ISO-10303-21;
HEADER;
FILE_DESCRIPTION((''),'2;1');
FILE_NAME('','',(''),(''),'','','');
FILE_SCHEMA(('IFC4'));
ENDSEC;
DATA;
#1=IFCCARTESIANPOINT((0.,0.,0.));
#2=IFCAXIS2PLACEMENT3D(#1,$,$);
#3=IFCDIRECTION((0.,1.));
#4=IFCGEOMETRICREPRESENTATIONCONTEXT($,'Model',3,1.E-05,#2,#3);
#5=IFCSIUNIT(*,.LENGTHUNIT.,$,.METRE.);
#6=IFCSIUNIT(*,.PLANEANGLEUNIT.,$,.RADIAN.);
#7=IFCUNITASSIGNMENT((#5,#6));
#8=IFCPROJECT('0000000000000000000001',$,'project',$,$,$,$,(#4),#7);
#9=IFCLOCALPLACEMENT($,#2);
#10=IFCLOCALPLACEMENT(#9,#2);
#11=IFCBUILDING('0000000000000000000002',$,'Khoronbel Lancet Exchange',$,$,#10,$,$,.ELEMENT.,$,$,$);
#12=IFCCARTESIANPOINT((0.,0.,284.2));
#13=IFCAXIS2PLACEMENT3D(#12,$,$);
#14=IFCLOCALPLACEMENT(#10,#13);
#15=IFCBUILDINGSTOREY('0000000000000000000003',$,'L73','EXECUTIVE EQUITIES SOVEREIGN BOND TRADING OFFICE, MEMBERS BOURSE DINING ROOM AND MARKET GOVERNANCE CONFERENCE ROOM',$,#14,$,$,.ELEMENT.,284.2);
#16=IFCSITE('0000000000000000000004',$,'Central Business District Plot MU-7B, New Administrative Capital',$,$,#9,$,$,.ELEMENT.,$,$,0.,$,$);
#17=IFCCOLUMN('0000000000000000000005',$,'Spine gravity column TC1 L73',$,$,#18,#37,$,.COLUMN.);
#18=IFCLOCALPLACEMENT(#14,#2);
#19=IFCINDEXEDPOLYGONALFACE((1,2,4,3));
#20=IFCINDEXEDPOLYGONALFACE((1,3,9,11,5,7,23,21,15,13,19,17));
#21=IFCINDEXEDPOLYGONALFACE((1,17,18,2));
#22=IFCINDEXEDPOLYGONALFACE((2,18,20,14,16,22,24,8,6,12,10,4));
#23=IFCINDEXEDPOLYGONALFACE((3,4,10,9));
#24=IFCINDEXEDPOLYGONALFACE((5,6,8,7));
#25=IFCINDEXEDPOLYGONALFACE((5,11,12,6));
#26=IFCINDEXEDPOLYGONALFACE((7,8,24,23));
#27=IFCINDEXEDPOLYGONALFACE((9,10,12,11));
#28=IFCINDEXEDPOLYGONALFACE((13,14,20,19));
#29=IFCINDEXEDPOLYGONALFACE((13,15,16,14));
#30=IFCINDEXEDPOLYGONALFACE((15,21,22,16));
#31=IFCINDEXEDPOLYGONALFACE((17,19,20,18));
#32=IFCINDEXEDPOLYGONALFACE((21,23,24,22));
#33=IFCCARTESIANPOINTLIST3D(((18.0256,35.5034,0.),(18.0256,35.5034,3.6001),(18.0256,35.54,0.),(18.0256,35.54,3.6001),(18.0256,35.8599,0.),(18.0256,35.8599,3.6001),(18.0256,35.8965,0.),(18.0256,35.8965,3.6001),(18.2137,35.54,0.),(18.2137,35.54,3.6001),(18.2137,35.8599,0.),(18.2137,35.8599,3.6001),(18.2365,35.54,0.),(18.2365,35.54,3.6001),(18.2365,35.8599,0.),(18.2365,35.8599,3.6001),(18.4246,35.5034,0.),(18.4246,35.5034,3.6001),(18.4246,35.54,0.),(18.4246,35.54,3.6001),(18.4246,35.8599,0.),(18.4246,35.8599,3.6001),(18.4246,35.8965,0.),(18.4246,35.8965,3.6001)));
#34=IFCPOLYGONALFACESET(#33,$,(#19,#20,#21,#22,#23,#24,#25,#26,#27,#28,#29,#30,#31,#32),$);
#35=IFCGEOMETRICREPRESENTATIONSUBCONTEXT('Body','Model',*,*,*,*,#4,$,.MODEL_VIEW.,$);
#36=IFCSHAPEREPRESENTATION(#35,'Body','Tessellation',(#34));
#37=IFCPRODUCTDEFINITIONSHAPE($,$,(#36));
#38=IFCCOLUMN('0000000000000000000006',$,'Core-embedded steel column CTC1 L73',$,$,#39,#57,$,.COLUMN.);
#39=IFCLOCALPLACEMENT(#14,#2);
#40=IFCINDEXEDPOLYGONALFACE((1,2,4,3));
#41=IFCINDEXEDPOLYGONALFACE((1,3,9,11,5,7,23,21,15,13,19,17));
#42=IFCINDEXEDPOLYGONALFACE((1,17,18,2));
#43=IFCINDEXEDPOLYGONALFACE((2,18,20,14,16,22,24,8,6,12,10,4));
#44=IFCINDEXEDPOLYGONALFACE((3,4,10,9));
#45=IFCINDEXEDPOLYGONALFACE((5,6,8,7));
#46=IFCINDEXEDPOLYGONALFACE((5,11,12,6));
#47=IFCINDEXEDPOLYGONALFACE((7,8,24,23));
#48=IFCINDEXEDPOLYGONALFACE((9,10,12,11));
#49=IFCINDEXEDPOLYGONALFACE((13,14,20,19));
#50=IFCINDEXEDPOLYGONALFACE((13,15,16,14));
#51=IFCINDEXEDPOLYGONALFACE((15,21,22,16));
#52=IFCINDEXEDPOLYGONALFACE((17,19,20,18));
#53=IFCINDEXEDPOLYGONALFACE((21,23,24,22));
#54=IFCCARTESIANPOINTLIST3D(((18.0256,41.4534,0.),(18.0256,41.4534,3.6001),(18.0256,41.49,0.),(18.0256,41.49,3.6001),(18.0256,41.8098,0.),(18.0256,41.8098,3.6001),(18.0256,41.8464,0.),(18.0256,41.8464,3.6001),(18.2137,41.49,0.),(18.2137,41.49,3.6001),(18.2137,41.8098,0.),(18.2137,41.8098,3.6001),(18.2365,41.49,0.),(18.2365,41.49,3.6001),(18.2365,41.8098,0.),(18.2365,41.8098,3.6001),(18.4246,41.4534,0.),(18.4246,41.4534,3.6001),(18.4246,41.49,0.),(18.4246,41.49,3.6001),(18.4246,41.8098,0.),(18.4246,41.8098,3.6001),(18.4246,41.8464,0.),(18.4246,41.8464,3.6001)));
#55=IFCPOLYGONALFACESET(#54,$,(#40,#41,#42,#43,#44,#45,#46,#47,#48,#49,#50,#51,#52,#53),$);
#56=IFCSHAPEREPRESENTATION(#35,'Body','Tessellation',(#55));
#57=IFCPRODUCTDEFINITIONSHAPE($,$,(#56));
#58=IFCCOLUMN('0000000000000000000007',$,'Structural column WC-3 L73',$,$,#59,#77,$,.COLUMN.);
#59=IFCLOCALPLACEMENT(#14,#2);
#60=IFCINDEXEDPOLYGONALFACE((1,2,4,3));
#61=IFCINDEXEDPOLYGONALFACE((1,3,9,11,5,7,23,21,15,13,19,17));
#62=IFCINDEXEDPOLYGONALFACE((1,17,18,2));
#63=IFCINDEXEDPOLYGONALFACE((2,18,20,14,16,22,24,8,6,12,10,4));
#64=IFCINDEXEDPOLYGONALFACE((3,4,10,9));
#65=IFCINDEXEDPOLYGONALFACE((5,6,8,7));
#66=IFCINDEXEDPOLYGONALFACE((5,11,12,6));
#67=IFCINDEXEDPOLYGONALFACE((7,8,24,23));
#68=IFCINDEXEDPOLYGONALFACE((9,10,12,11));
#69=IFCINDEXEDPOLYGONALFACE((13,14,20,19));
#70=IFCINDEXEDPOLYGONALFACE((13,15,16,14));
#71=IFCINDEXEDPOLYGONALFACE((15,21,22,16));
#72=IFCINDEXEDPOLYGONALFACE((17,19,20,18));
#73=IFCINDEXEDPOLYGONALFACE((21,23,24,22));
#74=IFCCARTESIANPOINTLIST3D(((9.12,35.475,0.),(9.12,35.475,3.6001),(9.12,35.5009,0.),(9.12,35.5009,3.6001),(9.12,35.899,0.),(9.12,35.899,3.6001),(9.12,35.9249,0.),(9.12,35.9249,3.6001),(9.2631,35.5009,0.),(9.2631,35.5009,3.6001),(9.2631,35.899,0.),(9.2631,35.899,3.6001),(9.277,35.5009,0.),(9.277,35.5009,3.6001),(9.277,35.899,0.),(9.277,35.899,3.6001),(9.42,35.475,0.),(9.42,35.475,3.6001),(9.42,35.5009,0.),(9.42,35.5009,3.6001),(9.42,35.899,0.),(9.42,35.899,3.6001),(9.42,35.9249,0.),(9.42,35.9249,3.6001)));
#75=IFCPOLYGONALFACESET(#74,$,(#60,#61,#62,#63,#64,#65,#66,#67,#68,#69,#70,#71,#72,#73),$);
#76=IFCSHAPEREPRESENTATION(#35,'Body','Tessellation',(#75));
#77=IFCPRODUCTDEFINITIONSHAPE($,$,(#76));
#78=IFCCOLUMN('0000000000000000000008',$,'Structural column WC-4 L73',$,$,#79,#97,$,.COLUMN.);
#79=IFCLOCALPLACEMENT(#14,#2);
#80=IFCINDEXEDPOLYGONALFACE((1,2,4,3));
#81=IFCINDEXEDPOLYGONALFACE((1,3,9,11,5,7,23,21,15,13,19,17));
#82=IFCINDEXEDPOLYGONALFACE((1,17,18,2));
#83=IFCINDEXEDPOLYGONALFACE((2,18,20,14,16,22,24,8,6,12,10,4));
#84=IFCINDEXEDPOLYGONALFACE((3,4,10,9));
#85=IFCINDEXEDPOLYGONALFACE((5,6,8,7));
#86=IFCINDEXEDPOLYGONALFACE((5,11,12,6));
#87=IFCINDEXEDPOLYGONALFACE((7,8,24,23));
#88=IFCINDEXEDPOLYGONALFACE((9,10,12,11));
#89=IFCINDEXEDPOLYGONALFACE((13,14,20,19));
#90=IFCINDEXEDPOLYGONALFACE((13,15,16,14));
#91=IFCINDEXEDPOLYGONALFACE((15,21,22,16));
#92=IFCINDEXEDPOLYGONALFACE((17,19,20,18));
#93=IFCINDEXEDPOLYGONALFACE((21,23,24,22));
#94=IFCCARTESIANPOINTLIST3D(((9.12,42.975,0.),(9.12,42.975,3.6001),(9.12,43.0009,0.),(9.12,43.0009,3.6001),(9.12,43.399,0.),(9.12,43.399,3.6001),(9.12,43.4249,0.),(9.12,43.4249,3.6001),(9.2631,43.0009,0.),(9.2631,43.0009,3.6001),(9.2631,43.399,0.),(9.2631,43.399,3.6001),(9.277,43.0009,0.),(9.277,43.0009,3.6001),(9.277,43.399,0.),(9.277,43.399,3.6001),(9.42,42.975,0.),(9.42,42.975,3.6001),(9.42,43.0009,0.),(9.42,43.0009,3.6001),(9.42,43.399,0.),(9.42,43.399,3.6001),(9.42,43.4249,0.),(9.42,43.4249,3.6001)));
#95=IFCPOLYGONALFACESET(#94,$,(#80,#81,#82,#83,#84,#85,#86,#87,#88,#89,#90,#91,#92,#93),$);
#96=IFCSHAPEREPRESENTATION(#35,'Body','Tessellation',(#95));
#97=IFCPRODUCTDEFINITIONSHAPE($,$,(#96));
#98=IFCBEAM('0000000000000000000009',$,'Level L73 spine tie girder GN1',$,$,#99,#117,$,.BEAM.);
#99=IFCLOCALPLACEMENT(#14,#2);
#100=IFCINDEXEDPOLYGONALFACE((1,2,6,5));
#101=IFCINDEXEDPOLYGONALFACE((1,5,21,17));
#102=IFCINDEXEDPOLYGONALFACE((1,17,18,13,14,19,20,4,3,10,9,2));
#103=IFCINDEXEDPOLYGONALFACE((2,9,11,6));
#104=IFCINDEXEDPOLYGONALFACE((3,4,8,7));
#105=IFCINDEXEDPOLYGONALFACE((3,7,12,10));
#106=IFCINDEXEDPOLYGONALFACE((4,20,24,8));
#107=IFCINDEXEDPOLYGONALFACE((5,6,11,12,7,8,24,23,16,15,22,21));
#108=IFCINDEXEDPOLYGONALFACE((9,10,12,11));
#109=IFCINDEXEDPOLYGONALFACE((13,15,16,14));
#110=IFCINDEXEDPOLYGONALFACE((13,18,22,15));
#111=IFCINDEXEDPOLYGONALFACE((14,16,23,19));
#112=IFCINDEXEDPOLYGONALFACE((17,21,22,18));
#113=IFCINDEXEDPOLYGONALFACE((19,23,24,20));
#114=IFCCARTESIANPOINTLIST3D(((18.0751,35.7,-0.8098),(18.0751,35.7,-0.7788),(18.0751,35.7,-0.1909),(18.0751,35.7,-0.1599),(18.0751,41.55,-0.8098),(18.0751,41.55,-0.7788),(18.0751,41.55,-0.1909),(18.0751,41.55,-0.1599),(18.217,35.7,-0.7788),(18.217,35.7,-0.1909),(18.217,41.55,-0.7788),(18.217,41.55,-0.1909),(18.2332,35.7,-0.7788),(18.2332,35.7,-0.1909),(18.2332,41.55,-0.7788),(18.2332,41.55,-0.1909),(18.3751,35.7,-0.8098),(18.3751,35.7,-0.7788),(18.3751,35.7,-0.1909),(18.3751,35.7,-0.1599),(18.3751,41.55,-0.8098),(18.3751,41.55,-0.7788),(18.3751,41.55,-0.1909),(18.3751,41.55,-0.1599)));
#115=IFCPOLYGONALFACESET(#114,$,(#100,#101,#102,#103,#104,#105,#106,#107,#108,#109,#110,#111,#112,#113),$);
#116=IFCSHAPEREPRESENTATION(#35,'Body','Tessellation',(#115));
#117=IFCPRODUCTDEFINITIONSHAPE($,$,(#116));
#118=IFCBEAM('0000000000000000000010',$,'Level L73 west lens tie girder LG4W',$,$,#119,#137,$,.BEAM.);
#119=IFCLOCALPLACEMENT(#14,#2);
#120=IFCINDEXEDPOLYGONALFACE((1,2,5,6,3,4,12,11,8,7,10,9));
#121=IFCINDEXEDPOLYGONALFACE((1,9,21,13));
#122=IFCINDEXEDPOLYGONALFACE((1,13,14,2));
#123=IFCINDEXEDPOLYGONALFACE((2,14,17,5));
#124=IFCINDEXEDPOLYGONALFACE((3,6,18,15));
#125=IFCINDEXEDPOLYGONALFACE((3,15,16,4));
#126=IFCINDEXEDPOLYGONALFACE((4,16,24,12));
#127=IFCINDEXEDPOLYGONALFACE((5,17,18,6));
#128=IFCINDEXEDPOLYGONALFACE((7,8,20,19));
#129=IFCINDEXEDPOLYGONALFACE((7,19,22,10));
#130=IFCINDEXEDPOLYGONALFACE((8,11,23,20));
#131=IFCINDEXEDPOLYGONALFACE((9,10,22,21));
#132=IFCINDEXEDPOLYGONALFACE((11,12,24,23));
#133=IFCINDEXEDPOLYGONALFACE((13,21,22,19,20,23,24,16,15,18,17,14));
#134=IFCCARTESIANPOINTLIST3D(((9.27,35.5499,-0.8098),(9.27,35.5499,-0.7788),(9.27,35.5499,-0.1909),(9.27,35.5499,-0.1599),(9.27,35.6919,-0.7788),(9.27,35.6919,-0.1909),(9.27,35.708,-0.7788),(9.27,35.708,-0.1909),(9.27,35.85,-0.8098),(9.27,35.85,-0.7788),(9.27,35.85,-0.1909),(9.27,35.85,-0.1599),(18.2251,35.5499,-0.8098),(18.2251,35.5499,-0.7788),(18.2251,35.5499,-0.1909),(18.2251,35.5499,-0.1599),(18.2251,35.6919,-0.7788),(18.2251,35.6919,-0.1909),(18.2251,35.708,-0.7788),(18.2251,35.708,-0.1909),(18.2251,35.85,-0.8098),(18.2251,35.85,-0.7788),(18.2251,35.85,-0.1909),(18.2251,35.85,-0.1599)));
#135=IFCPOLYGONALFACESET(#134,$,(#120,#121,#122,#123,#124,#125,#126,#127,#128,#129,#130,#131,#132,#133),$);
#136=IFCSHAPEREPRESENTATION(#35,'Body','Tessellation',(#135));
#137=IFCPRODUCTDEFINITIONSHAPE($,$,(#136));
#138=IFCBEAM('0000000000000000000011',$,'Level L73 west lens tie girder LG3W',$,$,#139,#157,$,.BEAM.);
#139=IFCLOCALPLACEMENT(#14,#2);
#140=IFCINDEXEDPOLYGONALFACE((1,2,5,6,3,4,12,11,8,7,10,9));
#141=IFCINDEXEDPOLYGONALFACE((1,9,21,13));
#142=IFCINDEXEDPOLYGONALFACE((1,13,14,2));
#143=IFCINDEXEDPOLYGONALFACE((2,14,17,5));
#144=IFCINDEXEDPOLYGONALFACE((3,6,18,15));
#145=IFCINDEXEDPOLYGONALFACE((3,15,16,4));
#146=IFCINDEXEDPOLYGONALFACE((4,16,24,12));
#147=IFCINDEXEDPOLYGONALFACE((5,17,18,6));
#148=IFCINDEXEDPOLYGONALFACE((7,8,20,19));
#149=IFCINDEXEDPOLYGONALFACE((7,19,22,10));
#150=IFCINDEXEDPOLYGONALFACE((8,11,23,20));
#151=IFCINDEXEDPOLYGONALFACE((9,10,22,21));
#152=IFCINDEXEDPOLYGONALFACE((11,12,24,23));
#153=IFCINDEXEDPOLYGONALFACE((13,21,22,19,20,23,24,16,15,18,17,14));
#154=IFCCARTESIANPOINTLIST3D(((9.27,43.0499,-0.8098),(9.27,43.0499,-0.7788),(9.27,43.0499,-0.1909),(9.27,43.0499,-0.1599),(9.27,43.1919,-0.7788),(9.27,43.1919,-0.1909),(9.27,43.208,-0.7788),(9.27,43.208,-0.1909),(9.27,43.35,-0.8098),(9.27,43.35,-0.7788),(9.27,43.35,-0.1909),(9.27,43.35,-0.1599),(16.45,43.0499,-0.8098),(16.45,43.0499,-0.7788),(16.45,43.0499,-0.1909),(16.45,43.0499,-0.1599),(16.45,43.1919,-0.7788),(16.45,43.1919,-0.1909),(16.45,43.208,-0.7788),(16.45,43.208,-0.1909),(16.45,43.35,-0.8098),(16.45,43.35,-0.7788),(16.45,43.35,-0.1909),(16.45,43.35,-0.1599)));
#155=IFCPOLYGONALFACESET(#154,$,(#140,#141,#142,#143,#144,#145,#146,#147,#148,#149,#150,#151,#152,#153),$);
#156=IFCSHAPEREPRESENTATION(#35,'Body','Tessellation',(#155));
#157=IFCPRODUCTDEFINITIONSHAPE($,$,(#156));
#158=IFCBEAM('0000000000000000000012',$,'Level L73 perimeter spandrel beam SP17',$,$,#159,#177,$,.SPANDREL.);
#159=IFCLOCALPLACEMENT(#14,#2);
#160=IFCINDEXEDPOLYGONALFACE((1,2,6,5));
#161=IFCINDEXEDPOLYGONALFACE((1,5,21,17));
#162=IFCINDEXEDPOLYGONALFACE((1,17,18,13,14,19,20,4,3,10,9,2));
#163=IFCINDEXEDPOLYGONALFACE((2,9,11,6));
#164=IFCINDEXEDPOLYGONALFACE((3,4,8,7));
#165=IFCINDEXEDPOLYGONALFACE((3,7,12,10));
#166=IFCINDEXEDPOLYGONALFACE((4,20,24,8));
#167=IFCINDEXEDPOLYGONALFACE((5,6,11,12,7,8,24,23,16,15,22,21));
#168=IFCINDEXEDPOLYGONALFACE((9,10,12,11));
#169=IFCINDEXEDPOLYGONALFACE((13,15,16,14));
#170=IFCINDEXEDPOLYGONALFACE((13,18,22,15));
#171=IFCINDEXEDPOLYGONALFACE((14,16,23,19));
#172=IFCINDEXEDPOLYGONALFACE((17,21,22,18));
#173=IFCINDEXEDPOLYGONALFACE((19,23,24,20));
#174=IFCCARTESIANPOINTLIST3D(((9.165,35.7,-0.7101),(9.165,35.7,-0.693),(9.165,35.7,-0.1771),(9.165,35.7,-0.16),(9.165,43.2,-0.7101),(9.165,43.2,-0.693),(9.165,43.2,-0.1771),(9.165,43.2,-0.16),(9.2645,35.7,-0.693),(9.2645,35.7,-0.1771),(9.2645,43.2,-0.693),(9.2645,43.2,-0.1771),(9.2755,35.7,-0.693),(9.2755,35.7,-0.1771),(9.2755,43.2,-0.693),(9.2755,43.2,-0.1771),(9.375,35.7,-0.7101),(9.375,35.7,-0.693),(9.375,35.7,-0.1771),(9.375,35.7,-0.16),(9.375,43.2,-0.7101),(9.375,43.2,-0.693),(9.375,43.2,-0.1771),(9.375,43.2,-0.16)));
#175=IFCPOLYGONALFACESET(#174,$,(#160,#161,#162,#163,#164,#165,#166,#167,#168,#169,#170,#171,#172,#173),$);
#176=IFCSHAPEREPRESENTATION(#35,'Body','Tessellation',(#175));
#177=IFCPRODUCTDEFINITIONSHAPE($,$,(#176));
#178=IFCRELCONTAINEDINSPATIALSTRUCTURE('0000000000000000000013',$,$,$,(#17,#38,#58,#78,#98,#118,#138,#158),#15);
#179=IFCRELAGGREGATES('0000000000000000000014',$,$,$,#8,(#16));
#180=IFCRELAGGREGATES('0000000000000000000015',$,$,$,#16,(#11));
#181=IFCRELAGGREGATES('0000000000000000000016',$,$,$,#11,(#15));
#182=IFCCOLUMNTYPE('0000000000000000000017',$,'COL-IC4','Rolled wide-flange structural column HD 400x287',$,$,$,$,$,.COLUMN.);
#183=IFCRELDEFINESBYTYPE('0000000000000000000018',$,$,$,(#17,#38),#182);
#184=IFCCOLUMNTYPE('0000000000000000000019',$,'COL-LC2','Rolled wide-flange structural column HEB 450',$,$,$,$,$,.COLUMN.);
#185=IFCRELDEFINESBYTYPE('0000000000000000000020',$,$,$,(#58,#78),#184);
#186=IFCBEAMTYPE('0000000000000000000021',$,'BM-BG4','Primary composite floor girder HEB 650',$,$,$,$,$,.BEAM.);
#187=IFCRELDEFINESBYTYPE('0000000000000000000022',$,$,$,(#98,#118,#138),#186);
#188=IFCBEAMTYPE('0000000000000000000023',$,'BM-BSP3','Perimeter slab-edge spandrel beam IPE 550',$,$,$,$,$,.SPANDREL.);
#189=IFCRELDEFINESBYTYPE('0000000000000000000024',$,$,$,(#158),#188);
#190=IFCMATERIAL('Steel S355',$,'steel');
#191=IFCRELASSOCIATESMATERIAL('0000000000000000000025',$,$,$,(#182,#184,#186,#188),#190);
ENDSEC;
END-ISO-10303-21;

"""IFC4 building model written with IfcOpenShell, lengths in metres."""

from ifc_helpers import new_model, si_unit, direction, frame, origin, origin_2d, place, context, subcontext, project, spatial, i_section, extrude, material, material_profile, profile_set, type_object, element, save


model = new_model("IFC4")

# Units and contexts
model_context = context("Model", 3, precision=1e-05, world=origin(), true_north=direction((0.0, 1.0)))
body_context = subcontext(model_context, "Body", "Model", "MODEL_VIEW")
ifc_project = project(units=[si_unit("LENGTHUNIT", "METRE"), si_unit("PLANEANGLEUNIT", "RADIAN")], contexts=[model_context])

# Site, building, storey
site_placement = place(None, origin())
site = spatial("IfcSite", under=ifc_project, at=site_placement, Name="Central Business District Plot MU-7B, New Administrative Capital", CompositionType="ELEMENT", RefElevation=0.0)
building_placement = place(site_placement, origin())
building = spatial("IfcBuilding", under=site, at=building_placement, Name="Khoronbel Lancet Exchange", CompositionType="ELEMENT")
storey_placement = place(building_placement, frame((0.0, 0.0, 284.2)))
storey = spatial("IfcBuildingStorey", under=building, at=storey_placement, Name="L73", Description="EXECUTIVE EQUITIES SOVEREIGN BOND TRADING OFFICE, MEMBERS BOURSE DINING ROOM AND MARKET GOVERNANCE CONFERENCE ROOM", CompositionType="ELEMENT", Elevation=284.2)

# Columns
ifc_material_1 = material(Name="Steel S355", Category="steel")
ifc_material_profile_1 = material_profile(ifc_material_1, i_section(OverallWidth=0.3989, OverallDepth=0.3931, WebThickness=0.0227, FlangeThickness=0.0366, at=origin_2d()), Name="HD 400x287")
ifc_profile_set_1 = profile_set([ifc_material_profile_1], Name="Steel S355")
column_type_1 = type_object("IfcColumnType", Name="COL-IC4", Description="Rolled wide-flange structural column HD 400x287", PredefinedType="COLUMN", material=ifc_profile_set_1)
for number, where, z_axis, x_axis, name in (
    (1, (18.2251, 35.7, 0.0), (0.0, 0.0, 1.0), (1.0, 0.0, 0.0), "Spine gravity column TC1 L73"),
    (2, (18.2251, 41.6499, 0.0), (0.0, 0.0, 1.0), (1.0, 0.0, 0.0), "Core-embedded steel column CTC1 L73"),
):
    element("IfcColumn", number, at=place(storey_placement, frame(where, z_axis=z_axis, x_axis=x_axis)), inside=storey, type_object=column_type_1, Name=name, PredefinedType="COLUMN", context=body_context, shape_type="SweptSolid", body=[
        extrude(i_section(OverallWidth=0.3989, OverallDepth=0.3931, WebThickness=0.0227, FlangeThickness=0.0366, at=origin_2d()), origin(), (0.0, 0.0, 1.0), 3.6001),
    ])
ifc_material_profile_2 = material_profile(ifc_material_1, i_section(OverallWidth=0.3, OverallDepth=0.45, WebThickness=0.0139, FlangeThickness=0.0259, at=origin_2d()), Name="HEB 450")
ifc_profile_set_2 = profile_set([ifc_material_profile_2], Name="Steel S355")
column_type_2 = type_object("IfcColumnType", Name="COL-LC2", Description="Rolled wide-flange structural column HEB 450", PredefinedType="COLUMN", material=ifc_profile_set_2)
for number, where, z_axis, x_axis, name in (
    (3, (9.27, 35.7, 0.0), (0.0, 0.0, 1.0), (1.0, 0.0, 0.0), "Structural column WC-3 L73"),
    (4, (9.27, 43.2, 0.0), (0.0, 0.0, 1.0), (1.0, 0.0, 0.0), "Structural column WC-4 L73"),
):
    element("IfcColumn", number, at=place(storey_placement, frame(where, z_axis=z_axis, x_axis=x_axis)), inside=storey, type_object=column_type_2, Name=name, PredefinedType="COLUMN", context=body_context, shape_type="SweptSolid", body=[
        extrude(i_section(OverallWidth=0.3, OverallDepth=0.45, WebThickness=0.0139, FlangeThickness=0.0259, at=origin_2d()), origin(), (0.0, 0.0, 1.0), 3.6001),
    ])

# Beams
ifc_material_profile_3 = material_profile(ifc_material_1, i_section(OverallWidth=0.3, OverallDepth=0.6499, WebThickness=0.0161, FlangeThickness=0.031, at=origin_2d()), Name="HEB 650")
ifc_profile_set_3 = profile_set([ifc_material_profile_3], Name="Steel S355")
beam_type_1 = type_object("IfcBeamType", Name="BM-BG4", Description="Primary composite floor girder HEB 650", PredefinedType="BEAM", material=ifc_profile_set_3)
beam_1_placement = place(storey_placement, frame((18.2251, 35.7, -0.4849), z_axis=(0.0, 1.0, 0.0), x_axis=(-1.0, 0.0, 0.0)))
element("IfcBeam", 5, at=beam_1_placement, inside=storey, type_object=beam_type_1, Name="Level L73 spine tie girder GN1", PredefinedType="BEAM", context=body_context, shape_type="SweptSolid", body=[
    extrude(i_section(OverallWidth=0.3, OverallDepth=0.6499, WebThickness=0.0161, FlangeThickness=0.031, at=origin_2d()), origin(), (0.0, 0.0, 1.0), 5.8501),
])
beam_2_placement = place(storey_placement, frame((9.27, 35.7, -0.4849), z_axis=(1.0, 0.0, 0.0), x_axis=(0.0, 1.0, 0.0)))
element("IfcBeam", 6, at=beam_2_placement, inside=storey, type_object=beam_type_1, Name="Level L73 west lens tie girder LG4W", PredefinedType="BEAM", context=body_context, shape_type="SweptSolid", body=[
    extrude(i_section(OverallWidth=0.3, OverallDepth=0.6499, WebThickness=0.0161, FlangeThickness=0.031, at=origin_2d()), origin(), (0.0, 0.0, 1.0), 8.9551),
])
beam_3_placement = place(storey_placement, frame((9.27, 43.2, -0.4849), z_axis=(1.0, 0.0, 0.0), x_axis=(0.0, 1.0, 0.0)))
element("IfcBeam", 7, at=beam_3_placement, inside=storey, type_object=beam_type_1, Name="Level L73 west lens tie girder LG3W", PredefinedType="BEAM", context=body_context, shape_type="SweptSolid", body=[
    extrude(i_section(OverallWidth=0.3, OverallDepth=0.6499, WebThickness=0.0161, FlangeThickness=0.031, at=origin_2d()), origin(), (0.0, 0.0, 1.0), 7.1799),
])
ifc_material_profile_4 = material_profile(ifc_material_1, i_section(OverallWidth=0.21, OverallDepth=0.55, WebThickness=0.011, FlangeThickness=0.0171, at=origin_2d()), Name="IPE 550")
ifc_profile_set_4 = profile_set([ifc_material_profile_4], Name="Steel S355")
beam_type_2 = type_object("IfcBeamType", Name="BM-BSP3", Description="Perimeter slab-edge spandrel beam IPE 550", PredefinedType="SPANDREL", material=ifc_profile_set_4)
beam_4_placement = place(storey_placement, frame((9.27, 43.2, -0.4351), z_axis=(0.0, -1.0, 0.0), x_axis=(1.0, 0.0, 0.0)))
element("IfcBeam", 8, at=beam_4_placement, inside=storey, type_object=beam_type_2, Name="Level L73 perimeter spandrel beam SP17", PredefinedType="SPANDREL", context=body_context, shape_type="SweptSolid", body=[
    extrude(i_section(OverallWidth=0.21, OverallDepth=0.55, WebThickness=0.011, FlangeThickness=0.0171, at=origin_2d()), origin(), (0.0, 0.0, 1.0), 7.5),
])

save(model, "model.ifc")
